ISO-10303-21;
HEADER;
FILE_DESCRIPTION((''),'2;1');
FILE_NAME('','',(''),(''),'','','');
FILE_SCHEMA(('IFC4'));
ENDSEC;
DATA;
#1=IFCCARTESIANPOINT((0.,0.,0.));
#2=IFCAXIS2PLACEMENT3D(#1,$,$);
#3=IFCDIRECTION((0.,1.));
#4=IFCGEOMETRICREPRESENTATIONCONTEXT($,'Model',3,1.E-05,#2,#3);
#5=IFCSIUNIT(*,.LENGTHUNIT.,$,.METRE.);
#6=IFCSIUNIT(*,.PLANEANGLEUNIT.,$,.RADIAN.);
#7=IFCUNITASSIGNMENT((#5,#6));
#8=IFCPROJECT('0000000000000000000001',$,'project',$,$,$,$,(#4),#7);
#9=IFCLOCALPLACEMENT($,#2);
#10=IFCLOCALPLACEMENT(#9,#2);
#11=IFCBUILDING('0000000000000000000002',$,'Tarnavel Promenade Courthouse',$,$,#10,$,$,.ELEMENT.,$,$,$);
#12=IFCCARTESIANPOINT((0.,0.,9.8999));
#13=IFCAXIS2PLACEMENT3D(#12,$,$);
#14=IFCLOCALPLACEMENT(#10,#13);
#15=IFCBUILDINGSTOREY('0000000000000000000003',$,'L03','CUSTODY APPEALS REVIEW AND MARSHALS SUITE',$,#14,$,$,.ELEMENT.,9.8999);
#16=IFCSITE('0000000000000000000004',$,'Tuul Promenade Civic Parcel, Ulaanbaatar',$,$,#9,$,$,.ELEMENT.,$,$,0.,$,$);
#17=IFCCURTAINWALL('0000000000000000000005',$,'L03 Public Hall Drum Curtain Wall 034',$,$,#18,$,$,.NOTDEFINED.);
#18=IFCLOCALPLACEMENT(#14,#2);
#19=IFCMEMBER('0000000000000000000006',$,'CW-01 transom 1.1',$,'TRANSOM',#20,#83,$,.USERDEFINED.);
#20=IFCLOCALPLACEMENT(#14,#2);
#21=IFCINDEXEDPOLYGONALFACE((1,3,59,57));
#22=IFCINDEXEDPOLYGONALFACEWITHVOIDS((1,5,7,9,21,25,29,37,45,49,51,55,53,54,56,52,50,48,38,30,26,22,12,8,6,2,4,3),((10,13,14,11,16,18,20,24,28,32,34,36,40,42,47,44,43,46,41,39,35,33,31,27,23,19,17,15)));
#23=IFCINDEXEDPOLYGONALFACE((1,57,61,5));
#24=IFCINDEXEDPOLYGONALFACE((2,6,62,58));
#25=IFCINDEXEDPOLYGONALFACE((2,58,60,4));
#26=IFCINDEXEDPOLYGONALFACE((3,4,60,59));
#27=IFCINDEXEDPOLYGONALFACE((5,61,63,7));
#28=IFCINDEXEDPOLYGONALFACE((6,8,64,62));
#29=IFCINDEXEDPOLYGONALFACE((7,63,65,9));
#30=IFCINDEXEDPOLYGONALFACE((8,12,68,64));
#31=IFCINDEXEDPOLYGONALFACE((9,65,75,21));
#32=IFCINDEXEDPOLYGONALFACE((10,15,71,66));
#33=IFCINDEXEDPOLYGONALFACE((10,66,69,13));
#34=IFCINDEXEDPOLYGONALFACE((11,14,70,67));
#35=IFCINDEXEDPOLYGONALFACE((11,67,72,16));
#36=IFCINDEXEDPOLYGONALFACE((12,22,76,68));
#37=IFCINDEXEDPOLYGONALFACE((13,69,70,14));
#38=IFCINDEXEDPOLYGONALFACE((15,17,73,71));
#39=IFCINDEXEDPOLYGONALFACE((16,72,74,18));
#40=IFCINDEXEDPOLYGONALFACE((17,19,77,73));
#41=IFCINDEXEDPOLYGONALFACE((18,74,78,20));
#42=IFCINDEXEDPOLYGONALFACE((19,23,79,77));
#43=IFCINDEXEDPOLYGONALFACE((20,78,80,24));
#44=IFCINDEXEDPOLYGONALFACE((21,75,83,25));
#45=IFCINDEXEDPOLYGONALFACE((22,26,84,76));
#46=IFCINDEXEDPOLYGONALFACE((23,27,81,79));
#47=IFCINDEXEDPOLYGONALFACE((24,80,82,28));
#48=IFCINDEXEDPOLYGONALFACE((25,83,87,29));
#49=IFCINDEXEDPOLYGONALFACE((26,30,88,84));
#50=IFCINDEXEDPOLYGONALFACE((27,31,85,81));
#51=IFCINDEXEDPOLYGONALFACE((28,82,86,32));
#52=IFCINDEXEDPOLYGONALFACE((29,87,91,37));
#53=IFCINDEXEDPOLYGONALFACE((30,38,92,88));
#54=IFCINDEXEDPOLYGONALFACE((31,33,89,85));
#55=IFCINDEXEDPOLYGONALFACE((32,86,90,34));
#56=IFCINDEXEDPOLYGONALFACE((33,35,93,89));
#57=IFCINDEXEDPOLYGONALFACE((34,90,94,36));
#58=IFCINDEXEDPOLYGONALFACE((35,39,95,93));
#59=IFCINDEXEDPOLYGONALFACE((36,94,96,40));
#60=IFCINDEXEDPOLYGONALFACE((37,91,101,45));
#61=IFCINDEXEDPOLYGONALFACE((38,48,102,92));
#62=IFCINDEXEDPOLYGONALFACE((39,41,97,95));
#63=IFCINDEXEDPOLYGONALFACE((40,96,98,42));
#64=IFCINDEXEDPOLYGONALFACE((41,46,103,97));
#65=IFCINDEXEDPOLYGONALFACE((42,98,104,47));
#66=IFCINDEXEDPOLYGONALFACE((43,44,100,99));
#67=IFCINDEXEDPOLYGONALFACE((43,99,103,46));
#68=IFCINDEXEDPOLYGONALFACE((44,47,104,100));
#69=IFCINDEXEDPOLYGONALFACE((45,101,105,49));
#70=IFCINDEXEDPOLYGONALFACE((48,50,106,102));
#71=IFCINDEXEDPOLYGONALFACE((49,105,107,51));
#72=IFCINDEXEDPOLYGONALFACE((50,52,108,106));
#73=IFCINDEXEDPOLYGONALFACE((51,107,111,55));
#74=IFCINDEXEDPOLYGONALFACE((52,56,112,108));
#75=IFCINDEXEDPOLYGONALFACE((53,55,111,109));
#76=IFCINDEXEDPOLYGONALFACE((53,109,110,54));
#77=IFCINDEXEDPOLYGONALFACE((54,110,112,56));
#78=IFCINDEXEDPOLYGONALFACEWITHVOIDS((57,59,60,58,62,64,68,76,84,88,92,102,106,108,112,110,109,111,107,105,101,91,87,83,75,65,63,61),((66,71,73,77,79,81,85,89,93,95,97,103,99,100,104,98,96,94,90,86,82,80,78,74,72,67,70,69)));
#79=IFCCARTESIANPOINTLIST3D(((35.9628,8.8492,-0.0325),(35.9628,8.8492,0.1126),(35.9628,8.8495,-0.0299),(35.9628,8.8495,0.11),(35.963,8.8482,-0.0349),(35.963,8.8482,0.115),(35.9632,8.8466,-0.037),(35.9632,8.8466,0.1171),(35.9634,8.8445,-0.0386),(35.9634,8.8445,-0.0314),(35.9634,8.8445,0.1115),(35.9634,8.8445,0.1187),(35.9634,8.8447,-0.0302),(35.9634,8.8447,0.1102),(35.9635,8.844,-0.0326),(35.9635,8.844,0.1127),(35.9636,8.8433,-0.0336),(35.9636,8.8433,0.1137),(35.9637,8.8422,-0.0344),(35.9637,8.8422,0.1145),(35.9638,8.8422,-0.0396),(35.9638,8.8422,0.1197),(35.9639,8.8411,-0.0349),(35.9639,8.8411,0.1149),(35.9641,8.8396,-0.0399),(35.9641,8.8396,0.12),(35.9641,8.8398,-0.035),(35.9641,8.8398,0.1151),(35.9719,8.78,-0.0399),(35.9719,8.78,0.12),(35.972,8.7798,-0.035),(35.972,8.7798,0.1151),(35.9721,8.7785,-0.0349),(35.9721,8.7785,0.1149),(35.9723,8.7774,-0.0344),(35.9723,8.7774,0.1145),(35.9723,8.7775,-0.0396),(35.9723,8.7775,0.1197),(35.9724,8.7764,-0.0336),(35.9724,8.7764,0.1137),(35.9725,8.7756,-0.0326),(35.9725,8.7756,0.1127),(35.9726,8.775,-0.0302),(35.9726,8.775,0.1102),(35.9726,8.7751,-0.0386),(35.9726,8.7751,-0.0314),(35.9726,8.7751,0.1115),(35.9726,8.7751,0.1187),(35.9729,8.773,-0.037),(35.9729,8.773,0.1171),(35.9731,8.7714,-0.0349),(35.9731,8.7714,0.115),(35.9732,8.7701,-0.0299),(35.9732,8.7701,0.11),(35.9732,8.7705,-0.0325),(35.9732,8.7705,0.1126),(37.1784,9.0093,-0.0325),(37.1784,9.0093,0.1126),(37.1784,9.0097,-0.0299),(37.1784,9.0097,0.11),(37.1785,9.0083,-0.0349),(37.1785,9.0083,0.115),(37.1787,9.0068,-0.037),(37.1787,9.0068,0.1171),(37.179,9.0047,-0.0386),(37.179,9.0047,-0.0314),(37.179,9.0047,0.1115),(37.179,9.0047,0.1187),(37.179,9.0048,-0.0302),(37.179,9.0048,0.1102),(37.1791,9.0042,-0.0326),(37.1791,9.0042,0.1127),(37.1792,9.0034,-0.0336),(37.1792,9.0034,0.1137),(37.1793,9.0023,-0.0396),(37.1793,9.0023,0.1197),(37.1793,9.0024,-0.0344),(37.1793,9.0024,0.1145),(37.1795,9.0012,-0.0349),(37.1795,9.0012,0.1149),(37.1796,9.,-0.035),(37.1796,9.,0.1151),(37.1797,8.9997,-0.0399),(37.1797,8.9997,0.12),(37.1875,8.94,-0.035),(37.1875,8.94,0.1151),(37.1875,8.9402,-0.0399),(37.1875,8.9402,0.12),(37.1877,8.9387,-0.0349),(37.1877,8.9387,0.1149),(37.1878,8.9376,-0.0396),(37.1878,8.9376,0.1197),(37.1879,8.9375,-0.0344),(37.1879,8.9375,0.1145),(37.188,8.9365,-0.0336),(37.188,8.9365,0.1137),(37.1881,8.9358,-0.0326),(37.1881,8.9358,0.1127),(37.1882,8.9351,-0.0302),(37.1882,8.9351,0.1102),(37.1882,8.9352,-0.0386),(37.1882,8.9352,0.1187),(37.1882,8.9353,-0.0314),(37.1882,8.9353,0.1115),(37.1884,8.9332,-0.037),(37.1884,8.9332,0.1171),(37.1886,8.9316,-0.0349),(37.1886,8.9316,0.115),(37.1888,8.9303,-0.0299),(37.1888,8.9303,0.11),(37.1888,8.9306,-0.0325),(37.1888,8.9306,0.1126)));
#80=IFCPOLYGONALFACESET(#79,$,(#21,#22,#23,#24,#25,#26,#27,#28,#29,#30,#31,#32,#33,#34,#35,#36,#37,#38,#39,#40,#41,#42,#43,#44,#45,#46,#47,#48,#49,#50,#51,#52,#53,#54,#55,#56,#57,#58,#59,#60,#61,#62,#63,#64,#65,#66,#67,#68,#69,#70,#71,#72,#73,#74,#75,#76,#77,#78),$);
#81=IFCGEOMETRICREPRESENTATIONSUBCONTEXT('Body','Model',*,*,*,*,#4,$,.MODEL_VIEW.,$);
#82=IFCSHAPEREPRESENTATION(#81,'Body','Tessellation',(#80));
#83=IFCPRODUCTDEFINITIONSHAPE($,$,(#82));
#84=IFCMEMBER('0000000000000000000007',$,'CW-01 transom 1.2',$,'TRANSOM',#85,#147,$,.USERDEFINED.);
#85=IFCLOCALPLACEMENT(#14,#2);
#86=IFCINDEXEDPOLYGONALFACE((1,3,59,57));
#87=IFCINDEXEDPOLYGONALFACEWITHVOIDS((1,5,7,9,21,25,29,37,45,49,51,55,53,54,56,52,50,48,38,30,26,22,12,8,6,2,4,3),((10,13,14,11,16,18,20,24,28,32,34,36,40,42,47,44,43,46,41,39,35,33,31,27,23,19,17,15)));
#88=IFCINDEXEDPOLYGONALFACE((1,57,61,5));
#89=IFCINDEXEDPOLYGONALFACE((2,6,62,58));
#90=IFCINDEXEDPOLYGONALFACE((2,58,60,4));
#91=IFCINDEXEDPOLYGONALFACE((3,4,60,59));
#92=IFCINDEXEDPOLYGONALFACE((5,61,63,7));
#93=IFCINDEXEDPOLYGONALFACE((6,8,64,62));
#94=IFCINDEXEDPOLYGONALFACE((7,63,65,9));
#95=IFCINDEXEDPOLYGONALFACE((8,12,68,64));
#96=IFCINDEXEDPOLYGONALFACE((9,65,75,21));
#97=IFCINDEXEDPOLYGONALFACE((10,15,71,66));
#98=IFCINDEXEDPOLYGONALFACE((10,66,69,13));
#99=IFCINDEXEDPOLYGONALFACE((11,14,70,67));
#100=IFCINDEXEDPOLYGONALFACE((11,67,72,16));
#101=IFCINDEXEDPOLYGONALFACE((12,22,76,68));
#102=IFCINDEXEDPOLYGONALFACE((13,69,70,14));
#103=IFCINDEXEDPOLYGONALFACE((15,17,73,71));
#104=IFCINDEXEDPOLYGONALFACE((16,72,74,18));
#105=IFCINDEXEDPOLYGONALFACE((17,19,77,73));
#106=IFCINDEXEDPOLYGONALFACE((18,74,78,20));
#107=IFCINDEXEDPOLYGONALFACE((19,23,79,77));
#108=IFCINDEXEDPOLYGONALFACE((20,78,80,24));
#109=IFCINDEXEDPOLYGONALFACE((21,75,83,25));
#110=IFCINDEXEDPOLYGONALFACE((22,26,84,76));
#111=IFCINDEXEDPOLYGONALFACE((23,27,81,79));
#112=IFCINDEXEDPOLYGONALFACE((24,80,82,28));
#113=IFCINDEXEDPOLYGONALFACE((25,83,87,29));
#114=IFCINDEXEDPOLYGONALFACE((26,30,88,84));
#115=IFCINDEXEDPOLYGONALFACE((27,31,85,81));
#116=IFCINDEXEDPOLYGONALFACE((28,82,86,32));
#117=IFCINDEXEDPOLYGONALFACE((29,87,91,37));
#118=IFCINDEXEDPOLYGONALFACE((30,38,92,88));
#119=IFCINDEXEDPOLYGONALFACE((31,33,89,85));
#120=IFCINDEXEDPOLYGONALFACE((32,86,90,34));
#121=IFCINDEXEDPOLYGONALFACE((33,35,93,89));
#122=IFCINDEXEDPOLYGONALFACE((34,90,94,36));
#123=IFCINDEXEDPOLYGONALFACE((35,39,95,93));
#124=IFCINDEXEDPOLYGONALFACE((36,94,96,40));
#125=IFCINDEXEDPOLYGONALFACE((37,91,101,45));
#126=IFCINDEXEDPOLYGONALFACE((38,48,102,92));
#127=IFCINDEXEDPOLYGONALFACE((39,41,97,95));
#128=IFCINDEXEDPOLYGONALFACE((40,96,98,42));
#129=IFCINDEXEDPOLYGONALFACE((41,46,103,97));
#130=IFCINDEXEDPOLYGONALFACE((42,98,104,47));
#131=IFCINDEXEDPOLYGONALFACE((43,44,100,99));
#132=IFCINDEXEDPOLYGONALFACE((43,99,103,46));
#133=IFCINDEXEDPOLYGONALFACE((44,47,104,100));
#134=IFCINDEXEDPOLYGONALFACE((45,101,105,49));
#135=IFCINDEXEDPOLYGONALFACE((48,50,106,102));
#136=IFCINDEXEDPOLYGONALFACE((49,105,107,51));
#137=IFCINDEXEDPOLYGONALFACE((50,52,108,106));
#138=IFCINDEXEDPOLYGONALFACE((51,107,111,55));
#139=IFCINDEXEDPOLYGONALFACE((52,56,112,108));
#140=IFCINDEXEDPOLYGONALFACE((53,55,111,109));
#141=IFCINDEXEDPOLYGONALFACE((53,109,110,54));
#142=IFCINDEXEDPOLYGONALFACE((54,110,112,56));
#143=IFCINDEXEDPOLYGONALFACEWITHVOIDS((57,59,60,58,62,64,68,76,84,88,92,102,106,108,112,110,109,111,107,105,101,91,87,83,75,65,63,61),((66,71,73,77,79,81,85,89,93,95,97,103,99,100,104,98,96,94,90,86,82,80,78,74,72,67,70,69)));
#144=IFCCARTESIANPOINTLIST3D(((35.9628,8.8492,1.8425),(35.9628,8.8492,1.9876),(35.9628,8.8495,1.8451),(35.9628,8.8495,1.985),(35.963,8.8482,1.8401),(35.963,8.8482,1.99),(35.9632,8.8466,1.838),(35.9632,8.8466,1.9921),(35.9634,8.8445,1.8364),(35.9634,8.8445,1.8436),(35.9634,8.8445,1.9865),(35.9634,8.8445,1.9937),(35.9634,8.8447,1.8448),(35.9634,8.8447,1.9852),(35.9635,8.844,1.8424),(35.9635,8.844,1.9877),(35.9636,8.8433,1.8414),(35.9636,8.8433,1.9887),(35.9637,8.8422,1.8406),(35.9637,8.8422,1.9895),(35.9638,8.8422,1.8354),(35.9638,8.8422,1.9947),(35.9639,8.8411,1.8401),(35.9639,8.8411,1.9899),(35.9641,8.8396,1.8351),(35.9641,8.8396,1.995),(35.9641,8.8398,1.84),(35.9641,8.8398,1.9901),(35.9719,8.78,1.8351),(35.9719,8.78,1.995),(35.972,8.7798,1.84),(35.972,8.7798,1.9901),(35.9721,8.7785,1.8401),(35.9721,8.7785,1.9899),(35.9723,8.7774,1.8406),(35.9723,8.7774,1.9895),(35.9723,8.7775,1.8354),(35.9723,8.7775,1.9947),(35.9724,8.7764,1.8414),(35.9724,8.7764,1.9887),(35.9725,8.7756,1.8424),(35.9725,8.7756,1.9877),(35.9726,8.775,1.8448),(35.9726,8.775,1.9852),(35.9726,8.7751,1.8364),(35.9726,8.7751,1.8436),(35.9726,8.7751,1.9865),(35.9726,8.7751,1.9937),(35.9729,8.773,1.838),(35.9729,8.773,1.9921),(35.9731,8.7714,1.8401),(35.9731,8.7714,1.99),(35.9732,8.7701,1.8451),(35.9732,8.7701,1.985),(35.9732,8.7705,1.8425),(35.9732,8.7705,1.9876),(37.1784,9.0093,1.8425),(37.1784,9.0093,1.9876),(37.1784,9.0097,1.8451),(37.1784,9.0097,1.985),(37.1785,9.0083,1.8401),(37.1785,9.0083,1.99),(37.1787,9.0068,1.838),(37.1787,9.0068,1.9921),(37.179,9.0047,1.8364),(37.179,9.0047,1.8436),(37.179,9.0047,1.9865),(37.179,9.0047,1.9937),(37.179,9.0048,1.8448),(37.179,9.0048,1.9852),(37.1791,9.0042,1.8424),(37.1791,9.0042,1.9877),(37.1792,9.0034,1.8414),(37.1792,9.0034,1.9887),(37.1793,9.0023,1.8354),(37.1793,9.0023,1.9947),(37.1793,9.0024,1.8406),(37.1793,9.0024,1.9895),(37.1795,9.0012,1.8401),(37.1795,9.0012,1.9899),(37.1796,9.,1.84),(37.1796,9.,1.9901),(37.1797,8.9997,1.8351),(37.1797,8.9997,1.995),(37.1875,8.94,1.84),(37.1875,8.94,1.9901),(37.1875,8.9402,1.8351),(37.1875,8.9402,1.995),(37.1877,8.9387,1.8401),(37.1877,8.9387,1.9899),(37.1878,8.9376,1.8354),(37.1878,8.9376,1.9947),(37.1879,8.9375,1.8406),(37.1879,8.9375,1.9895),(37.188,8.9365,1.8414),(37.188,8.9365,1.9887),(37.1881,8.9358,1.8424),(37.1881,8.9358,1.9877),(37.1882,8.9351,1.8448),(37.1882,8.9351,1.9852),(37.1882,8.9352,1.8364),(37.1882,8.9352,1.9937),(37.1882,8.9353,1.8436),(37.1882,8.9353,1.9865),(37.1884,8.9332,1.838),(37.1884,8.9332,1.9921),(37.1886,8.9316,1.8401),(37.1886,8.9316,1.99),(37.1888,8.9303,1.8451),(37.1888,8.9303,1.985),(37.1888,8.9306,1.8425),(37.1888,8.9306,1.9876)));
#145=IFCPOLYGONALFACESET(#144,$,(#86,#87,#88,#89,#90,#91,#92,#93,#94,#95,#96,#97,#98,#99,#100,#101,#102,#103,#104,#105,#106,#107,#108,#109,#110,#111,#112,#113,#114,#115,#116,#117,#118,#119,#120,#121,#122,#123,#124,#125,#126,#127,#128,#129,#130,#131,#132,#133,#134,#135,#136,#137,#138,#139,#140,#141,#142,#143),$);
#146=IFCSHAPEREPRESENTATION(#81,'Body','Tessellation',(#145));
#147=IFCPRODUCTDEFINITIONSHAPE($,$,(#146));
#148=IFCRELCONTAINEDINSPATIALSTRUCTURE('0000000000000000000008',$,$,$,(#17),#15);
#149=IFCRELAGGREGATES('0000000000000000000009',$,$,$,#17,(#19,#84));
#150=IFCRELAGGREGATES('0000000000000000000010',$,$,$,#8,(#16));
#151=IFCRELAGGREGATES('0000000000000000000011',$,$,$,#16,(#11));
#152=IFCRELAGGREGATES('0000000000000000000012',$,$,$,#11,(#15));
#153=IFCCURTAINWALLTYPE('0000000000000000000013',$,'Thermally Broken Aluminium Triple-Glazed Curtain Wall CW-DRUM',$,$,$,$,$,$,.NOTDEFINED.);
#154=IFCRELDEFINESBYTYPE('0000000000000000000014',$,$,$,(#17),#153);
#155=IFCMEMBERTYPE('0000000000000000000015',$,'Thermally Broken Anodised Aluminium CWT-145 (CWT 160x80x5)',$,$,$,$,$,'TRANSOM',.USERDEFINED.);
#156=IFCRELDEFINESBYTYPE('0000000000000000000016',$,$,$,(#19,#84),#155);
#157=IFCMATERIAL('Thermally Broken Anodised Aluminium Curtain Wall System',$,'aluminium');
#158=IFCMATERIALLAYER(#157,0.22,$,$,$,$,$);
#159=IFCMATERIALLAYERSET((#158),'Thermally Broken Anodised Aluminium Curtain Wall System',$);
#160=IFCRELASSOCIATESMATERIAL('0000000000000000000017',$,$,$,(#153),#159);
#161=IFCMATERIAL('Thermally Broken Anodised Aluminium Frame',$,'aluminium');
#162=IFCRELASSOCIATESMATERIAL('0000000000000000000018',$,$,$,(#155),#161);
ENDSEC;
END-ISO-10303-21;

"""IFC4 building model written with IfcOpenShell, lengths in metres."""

from ifc_helpers import new_model, si_unit, direction, frame, origin, origin_2d, place, context, subcontext, project, spatial, hollow_rectangle, extrude, material, layer, layer_set, material_profile, profile_set, type_object, element, aggregate, save


model = new_model("IFC4")

# Units and contexts
model_context = context("Model", 3, precision=1e-05, world=origin(), true_north=direction((0.0, 1.0)))
body_context = subcontext(model_context, "Body", "Model", "MODEL_VIEW")
ifc_project = project(units=[si_unit("LENGTHUNIT", "METRE"), si_unit("PLANEANGLEUNIT", "RADIAN")], contexts=[model_context])

# Site, building, storey
site_placement = place(None, origin())
site = spatial("IfcSite", under=ifc_project, at=site_placement, Name="Tuul Promenade Civic Parcel, Ulaanbaatar", CompositionType="ELEMENT", RefElevation=0.0)
building_placement = place(site_placement, origin())
building = spatial("IfcBuilding", under=site, at=building_placement, Name="Tarnavel Promenade Courthouse", CompositionType="ELEMENT")
storey_placement = place(building_placement, frame((0.0, 0.0, 9.8999)))
storey = spatial("IfcBuildingStorey", under=building, at=storey_placement, Name="L03", Description="CUSTODY APPEALS REVIEW AND MARSHALS SUITE", CompositionType="ELEMENT", Elevation=9.8999)

# Curtain wall
ifc_material_1 = material(Name="Thermally Broken Anodised Aluminium Curtain Wall System", Category="aluminium")
ifc_layer_1 = layer(ifc_material_1, 0.22)
ifc_layer_set_1 = layer_set([ifc_layer_1], Name="Thermally Broken Anodised Aluminium Curtain Wall System")
curtain_wall_type = type_object("IfcCurtainWallType", Name="Thermally Broken Aluminium Triple-Glazed Curtain Wall CW-DRUM", PredefinedType="NOTDEFINED", material=ifc_layer_set_1)
ifc_material_2 = material(Name="Thermally Broken Anodised Aluminium Frame", Category="aluminium")
curtain_wall_1_placement = place(storey_placement, origin())
curtain_wall_1 = element("IfcCurtainWall", 1, at=curtain_wall_1_placement, inside=storey, type_object=curtain_wall_type, Name="L03 Public Hall Drum Curtain Wall 034", PredefinedType="NOTDEFINED")

# Members
ifc_material_profile_1 = material_profile(ifc_material_2, hollow_rectangle(XDim=0.0801, YDim=0.1599, WallThickness=0.0049, InnerFilletRadius=0.0049, OuterFilletRadius=0.01, at=origin_2d()), Name="CWT 160x80x5")
ifc_profile_set_1 = profile_set([ifc_material_profile_1], Name="Thermally Broken Anodised Aluminium Frame")
member_type_1 = type_object("IfcMemberType", Name="Thermally Broken Anodised Aluminium CWT-145 (CWT 160x80x5)", ElementType="TRANSOM", PredefinedType="USERDEFINED", material=ifc_profile_set_1)
member_1_placement = place(storey_placement, frame((35.968, 8.8098, 0.04), z_axis=(0.991432, 0.130624, 0.0), x_axis=(-0.130624, 0.991432, 0.0)))
member_1 = element("IfcMember", 2, at=member_1_placement, type_object=member_type_1, Name="CW-01 transom 1.1", ObjectType="TRANSOM", PredefinedType="USERDEFINED", context=body_context, shape_type="SweptSolid", body=[
    extrude(hollow_rectangle(XDim=0.0801, YDim=0.1599, WallThickness=0.0049, InnerFilletRadius=0.0049, OuterFilletRadius=0.01, at=origin_2d()), origin(), (0.0, 0.0, 1.0), 1.2261),
])
member_2_placement = place(storey_placement, frame((35.968, 8.8098, 1.915), z_axis=(0.991432, 0.130624, 0.0), x_axis=(-0.130624, 0.991432, 0.0)))
member_2 = element("IfcMember", 3, at=member_2_placement, type_object=member_type_1, Name="CW-01 transom 1.2", ObjectType="TRANSOM", PredefinedType="USERDEFINED", context=body_context, shape_type="SweptSolid", body=[
    extrude(hollow_rectangle(XDim=0.0801, YDim=0.1599, WallThickness=0.0049, InnerFilletRadius=0.0049, OuterFilletRadius=0.01, at=origin_2d()), origin(), (0.0, 0.0, 1.0), 1.2261),
])

aggregate(curtain_wall_1, [member_1, member_2])

save(model, "model.ifc")
